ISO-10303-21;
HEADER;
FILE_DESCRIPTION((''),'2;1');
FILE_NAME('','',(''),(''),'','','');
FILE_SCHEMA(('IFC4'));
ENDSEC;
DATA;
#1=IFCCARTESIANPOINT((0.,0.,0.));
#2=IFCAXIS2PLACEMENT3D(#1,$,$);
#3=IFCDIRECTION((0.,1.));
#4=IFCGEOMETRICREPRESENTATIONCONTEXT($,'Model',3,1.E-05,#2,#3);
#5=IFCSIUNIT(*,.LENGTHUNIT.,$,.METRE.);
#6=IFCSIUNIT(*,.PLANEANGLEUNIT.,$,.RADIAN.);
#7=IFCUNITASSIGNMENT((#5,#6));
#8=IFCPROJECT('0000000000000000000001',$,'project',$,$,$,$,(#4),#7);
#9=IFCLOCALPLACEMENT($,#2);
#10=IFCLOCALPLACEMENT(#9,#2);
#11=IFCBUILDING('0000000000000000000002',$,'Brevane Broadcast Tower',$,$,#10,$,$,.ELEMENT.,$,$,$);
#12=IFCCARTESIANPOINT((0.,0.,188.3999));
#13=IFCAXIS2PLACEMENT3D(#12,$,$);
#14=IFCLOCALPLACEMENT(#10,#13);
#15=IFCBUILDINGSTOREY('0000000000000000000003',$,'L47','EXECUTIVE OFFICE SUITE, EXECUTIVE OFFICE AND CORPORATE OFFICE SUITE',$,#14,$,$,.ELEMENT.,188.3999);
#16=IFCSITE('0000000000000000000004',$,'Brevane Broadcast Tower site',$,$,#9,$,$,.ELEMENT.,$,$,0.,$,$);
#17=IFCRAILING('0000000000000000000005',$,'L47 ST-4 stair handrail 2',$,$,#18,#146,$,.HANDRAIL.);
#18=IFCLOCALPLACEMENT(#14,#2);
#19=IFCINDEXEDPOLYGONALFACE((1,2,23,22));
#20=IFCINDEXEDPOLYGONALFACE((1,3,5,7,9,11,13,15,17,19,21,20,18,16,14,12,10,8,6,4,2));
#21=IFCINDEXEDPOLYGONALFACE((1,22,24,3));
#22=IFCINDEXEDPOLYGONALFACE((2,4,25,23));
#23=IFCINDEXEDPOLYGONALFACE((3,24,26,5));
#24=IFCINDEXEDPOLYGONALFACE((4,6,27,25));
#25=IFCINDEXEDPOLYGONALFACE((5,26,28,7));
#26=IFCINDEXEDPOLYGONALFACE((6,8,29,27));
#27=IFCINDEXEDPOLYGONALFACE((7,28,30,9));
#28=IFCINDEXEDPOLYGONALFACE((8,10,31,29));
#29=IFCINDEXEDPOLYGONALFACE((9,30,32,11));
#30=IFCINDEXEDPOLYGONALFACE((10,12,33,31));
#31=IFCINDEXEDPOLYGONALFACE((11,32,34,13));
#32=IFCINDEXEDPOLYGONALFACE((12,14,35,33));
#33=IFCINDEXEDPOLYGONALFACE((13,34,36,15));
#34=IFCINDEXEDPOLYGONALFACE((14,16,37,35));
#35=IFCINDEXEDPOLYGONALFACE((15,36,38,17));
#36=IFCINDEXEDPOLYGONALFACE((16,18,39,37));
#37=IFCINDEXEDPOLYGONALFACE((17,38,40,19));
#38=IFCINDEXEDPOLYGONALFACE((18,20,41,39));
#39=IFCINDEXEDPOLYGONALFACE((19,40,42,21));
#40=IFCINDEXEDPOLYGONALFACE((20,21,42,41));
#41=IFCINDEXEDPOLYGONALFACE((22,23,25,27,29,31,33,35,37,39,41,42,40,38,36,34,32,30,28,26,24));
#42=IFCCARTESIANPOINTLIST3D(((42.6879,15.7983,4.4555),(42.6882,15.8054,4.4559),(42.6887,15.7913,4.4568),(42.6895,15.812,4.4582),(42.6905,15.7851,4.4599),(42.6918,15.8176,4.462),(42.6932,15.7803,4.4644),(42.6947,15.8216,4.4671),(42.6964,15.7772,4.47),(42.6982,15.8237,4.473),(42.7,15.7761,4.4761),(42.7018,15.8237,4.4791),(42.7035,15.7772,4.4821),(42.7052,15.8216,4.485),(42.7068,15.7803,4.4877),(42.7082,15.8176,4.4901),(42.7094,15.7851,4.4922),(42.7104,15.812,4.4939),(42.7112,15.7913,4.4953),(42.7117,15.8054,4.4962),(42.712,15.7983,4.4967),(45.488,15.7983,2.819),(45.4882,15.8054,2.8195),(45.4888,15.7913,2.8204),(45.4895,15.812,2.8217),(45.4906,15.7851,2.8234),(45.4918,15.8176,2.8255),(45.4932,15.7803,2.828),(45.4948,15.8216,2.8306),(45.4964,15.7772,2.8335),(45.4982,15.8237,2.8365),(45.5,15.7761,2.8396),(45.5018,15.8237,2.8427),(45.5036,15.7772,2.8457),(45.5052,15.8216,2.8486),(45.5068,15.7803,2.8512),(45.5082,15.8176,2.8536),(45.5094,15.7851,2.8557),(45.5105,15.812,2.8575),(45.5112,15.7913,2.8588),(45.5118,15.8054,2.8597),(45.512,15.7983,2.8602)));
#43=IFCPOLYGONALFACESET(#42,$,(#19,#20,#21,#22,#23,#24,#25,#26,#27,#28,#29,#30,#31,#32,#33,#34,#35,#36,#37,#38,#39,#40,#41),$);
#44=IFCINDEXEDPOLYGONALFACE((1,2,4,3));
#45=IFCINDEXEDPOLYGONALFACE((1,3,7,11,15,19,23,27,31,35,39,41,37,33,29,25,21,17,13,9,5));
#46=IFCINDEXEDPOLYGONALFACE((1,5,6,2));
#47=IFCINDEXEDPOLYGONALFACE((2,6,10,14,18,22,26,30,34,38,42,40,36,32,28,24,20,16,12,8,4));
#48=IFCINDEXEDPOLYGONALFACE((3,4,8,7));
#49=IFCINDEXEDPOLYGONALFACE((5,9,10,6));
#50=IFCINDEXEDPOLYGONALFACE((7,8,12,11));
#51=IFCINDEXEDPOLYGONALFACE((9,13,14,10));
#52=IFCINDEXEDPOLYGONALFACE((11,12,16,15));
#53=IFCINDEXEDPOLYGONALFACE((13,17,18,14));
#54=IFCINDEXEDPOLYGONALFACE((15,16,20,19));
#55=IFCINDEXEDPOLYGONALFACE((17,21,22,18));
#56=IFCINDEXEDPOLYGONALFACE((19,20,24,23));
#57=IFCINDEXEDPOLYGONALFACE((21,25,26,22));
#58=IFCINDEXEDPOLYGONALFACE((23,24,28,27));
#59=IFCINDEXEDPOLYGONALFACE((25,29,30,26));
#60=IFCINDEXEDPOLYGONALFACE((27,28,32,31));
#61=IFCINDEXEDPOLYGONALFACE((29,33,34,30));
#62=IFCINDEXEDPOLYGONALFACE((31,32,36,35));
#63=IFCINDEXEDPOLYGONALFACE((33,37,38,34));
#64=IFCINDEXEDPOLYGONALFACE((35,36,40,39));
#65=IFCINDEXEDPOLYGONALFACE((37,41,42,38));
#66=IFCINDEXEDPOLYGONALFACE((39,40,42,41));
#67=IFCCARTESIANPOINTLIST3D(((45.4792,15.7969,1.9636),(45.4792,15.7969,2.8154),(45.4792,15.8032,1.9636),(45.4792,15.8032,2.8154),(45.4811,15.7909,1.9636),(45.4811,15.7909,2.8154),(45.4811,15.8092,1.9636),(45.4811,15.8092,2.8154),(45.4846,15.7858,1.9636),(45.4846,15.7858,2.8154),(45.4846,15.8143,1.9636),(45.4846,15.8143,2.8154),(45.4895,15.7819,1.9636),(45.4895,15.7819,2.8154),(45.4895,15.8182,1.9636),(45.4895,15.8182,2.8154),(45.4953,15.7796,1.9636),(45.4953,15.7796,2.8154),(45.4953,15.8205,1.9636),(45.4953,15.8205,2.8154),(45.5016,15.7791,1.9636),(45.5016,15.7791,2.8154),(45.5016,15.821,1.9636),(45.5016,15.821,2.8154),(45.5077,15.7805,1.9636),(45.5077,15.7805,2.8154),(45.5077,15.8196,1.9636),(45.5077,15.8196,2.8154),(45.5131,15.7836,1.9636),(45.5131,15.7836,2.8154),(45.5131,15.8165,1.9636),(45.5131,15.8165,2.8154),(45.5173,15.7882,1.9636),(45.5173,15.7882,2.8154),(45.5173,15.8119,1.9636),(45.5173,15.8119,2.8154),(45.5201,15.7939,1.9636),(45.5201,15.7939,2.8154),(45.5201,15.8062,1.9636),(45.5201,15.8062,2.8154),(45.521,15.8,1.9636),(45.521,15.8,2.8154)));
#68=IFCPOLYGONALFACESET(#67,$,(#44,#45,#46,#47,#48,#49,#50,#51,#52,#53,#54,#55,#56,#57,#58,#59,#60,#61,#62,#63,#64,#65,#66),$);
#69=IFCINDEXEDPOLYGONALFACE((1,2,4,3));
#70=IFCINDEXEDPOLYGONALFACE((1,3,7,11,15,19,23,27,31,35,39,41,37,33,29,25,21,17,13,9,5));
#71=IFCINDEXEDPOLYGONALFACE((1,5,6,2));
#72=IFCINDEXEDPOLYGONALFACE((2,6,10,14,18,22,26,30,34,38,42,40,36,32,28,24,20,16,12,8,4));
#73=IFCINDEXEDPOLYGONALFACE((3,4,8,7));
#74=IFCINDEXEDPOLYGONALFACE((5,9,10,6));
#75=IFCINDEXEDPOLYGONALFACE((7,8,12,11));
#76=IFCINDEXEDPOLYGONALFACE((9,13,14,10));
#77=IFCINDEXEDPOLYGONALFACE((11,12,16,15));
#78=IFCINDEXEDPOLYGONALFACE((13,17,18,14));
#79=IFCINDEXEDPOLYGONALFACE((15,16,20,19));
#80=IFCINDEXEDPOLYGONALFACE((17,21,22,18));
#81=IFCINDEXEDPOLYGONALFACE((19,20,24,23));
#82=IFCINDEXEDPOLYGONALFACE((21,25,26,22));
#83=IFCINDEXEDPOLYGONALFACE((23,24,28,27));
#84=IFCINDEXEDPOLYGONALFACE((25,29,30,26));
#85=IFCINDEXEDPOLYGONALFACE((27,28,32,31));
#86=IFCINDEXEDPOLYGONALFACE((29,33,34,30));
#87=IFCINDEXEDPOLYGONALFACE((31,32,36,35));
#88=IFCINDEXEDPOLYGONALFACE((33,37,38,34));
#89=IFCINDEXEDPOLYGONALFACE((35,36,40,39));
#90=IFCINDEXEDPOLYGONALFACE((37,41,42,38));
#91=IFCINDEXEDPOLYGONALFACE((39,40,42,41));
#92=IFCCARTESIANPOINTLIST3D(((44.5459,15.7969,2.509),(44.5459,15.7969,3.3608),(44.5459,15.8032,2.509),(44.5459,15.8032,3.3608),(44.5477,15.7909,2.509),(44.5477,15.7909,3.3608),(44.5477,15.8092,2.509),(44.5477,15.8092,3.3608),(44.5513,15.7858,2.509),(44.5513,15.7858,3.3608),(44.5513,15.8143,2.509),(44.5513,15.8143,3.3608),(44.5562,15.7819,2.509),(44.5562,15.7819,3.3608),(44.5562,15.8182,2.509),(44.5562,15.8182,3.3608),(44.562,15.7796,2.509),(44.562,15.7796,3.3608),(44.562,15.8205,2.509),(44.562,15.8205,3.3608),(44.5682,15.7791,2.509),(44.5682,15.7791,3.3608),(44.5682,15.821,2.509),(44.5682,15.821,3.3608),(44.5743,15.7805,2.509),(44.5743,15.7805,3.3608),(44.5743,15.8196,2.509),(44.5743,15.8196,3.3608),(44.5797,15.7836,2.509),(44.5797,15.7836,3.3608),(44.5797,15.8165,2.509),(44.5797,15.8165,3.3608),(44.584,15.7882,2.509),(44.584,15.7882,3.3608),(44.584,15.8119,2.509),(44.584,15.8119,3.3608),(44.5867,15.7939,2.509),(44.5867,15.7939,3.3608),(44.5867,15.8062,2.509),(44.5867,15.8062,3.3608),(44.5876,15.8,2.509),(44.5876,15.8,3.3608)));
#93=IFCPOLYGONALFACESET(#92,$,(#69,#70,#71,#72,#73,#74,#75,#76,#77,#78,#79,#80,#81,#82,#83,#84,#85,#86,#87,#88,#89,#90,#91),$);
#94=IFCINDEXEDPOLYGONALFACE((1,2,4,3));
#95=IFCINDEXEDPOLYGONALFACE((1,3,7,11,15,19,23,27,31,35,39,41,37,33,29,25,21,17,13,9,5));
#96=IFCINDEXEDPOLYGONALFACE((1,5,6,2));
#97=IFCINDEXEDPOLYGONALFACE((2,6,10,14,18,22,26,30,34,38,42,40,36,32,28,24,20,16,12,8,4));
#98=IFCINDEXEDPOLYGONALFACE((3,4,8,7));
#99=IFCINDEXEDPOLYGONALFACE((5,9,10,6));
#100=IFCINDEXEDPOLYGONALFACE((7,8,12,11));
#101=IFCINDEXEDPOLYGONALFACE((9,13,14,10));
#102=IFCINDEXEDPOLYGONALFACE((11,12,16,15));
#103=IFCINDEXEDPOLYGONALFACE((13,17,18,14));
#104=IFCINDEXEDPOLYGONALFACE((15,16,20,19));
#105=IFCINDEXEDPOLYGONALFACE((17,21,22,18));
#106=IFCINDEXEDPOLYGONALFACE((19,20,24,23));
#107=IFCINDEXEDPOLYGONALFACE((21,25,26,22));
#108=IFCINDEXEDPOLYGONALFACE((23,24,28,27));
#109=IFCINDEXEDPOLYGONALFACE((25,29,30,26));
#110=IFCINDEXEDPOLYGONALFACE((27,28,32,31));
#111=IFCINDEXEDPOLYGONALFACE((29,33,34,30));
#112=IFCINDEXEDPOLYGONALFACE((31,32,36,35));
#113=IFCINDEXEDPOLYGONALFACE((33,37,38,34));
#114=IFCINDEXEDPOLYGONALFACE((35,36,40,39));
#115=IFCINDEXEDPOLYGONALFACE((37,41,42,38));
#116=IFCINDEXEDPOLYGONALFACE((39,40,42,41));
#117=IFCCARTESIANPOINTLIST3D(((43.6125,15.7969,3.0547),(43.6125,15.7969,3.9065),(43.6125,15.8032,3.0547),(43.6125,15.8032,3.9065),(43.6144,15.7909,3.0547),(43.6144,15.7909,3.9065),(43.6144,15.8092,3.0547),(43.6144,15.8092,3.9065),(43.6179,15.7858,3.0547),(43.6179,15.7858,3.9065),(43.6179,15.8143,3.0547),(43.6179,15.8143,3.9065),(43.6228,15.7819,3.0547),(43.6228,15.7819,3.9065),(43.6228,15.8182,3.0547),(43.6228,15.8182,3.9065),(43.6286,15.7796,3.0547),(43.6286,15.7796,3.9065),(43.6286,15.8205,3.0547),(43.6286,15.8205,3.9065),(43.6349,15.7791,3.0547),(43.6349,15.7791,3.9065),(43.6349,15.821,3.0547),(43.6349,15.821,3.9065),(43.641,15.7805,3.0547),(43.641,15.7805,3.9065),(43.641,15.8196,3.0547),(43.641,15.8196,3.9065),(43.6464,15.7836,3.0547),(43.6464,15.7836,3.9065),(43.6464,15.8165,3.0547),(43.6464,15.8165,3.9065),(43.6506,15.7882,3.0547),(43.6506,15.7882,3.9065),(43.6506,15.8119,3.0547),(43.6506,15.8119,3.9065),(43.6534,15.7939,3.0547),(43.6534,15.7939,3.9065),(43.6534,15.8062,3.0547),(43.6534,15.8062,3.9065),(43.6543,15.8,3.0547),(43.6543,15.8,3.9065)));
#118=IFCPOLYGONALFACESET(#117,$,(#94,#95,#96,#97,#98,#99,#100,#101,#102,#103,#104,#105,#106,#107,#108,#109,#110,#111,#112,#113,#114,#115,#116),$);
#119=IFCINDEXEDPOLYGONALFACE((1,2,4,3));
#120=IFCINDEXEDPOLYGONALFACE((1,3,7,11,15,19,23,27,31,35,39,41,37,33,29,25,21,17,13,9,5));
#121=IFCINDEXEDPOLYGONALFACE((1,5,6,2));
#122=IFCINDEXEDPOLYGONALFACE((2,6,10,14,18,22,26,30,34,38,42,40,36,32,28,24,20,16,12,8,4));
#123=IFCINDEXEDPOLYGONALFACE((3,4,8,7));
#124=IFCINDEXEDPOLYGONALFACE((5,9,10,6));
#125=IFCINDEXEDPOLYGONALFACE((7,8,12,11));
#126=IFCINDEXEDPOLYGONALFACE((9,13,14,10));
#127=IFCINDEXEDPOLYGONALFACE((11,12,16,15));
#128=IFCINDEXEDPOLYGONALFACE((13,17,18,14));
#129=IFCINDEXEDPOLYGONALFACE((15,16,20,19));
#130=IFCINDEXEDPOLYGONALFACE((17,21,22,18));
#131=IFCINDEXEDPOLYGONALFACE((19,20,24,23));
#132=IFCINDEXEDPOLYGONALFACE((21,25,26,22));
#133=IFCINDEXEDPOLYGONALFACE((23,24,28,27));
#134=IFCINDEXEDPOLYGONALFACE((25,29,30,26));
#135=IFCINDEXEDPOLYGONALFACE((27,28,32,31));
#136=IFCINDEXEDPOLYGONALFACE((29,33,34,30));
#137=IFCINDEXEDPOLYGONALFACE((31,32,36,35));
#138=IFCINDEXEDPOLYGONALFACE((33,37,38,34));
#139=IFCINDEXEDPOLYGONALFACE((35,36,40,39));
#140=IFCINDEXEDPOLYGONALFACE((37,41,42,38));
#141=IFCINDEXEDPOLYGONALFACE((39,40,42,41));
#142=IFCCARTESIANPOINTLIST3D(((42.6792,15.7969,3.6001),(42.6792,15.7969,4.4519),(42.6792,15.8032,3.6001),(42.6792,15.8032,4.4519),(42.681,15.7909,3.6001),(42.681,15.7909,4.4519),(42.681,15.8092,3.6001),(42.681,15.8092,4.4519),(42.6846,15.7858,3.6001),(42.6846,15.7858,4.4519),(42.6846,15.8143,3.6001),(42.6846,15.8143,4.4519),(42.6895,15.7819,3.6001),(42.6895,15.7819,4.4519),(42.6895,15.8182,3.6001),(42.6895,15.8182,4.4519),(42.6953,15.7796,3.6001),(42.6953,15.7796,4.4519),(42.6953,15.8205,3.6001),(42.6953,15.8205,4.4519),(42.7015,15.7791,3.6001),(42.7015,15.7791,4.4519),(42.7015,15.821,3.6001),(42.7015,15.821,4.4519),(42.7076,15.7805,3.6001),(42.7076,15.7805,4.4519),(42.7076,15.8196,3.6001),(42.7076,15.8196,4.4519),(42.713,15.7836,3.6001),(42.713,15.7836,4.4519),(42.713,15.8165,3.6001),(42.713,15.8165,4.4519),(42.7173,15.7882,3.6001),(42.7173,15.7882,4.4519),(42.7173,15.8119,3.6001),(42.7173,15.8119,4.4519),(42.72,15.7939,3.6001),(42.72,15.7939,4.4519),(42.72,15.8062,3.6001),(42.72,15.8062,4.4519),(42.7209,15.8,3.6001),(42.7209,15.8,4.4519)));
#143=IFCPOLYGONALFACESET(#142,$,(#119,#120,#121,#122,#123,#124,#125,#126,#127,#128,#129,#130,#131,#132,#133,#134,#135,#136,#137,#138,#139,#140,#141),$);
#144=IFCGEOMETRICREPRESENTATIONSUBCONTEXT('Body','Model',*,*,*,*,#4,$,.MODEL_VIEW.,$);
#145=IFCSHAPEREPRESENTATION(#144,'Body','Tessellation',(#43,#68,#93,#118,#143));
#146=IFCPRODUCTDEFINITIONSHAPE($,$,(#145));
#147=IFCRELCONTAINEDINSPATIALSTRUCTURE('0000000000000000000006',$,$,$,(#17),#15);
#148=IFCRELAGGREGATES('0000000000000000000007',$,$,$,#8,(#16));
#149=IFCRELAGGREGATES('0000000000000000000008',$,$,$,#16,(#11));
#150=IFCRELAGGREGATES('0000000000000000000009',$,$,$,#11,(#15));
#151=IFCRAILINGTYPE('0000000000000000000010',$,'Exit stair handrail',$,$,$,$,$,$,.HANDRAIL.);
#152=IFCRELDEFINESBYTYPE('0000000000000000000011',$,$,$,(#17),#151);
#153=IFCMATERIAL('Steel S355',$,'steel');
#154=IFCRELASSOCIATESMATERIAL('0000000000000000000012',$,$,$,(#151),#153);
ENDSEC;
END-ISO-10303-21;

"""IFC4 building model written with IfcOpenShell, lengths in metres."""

from ifc_helpers import new_model, si_unit, direction, frame, origin, origin_2d, place, context, subcontext, project, spatial, circle, extrude, material, type_object, element, save


model = new_model("IFC4")

# Units and contexts
model_context = context("Model", 3, precision=1e-05, world=origin(), true_north=direction((0.0, 1.0)))
body_context = subcontext(model_context, "Body", "Model", "MODEL_VIEW")
ifc_project = project(units=[si_unit("LENGTHUNIT", "METRE"), si_unit("PLANEANGLEUNIT", "RADIAN")], contexts=[model_context])

# Site, building, storey
site_placement = place(None, origin())
site = spatial("IfcSite", under=ifc_project, at=site_placement, Name="Brevane Broadcast Tower site", CompositionType="ELEMENT", RefElevation=0.0)
building_placement = place(site_placement, origin())
building = spatial("IfcBuilding", under=site, at=building_placement, Name="Brevane Broadcast Tower", CompositionType="ELEMENT")
storey_placement = place(building_placement, frame((0.0, 0.0, 188.3999)))
storey = spatial("IfcBuildingStorey", under=building, at=storey_placement, Name="L47", Description="EXECUTIVE OFFICE SUITE, EXECUTIVE OFFICE AND CORPORATE OFFICE SUITE", CompositionType="ELEMENT", Elevation=188.3999)

# Railing
ifc_material_1 = material(Name="Steel S355", Category="steel")
railing_type_1 = type_object("IfcRailingType", Name="Exit stair handrail", PredefinedType="HANDRAIL", material=ifc_material_1)
railing_1_placement = place(storey_placement, frame((45.5, 15.8, 1.9636)))
element("IfcRailing", 1, at=railing_1_placement, inside=storey, type_object=railing_type_1, Name="L47 ST-4 stair handrail 2", PredefinedType="HANDRAIL", context=body_context, shape_type="SweptSolid", body=[
    extrude(circle(Radius=0.0239, at=origin_2d()), frame((0.0, 0.0, 0.876), z_axis=(-0.863361, 0.0, 0.504587), x_axis=(0.0, -1.0, 0.0)), (0.0, 0.0, 1.0), 3.2432),
    extrude(circle(Radius=0.021, at=origin_2d()), origin(), (0.0, 0.0, 1.0), 0.8518),
    extrude(circle(Radius=0.021, at=origin_2d()), frame((-0.9333, 0.0, 0.5454)), (0.0, 0.0, 1.0), 0.8518),
    extrude(circle(Radius=0.021, at=origin_2d()), frame((-1.8667, 0.0, 1.0911)), (0.0, 0.0, 1.0), 0.8518),
    extrude(circle(Radius=0.021, at=origin_2d()), frame((-2.8, 0.0, 1.6365)), (0.0, 0.0, 1.0), 0.8518),
])

save(model, "model.ifc")
